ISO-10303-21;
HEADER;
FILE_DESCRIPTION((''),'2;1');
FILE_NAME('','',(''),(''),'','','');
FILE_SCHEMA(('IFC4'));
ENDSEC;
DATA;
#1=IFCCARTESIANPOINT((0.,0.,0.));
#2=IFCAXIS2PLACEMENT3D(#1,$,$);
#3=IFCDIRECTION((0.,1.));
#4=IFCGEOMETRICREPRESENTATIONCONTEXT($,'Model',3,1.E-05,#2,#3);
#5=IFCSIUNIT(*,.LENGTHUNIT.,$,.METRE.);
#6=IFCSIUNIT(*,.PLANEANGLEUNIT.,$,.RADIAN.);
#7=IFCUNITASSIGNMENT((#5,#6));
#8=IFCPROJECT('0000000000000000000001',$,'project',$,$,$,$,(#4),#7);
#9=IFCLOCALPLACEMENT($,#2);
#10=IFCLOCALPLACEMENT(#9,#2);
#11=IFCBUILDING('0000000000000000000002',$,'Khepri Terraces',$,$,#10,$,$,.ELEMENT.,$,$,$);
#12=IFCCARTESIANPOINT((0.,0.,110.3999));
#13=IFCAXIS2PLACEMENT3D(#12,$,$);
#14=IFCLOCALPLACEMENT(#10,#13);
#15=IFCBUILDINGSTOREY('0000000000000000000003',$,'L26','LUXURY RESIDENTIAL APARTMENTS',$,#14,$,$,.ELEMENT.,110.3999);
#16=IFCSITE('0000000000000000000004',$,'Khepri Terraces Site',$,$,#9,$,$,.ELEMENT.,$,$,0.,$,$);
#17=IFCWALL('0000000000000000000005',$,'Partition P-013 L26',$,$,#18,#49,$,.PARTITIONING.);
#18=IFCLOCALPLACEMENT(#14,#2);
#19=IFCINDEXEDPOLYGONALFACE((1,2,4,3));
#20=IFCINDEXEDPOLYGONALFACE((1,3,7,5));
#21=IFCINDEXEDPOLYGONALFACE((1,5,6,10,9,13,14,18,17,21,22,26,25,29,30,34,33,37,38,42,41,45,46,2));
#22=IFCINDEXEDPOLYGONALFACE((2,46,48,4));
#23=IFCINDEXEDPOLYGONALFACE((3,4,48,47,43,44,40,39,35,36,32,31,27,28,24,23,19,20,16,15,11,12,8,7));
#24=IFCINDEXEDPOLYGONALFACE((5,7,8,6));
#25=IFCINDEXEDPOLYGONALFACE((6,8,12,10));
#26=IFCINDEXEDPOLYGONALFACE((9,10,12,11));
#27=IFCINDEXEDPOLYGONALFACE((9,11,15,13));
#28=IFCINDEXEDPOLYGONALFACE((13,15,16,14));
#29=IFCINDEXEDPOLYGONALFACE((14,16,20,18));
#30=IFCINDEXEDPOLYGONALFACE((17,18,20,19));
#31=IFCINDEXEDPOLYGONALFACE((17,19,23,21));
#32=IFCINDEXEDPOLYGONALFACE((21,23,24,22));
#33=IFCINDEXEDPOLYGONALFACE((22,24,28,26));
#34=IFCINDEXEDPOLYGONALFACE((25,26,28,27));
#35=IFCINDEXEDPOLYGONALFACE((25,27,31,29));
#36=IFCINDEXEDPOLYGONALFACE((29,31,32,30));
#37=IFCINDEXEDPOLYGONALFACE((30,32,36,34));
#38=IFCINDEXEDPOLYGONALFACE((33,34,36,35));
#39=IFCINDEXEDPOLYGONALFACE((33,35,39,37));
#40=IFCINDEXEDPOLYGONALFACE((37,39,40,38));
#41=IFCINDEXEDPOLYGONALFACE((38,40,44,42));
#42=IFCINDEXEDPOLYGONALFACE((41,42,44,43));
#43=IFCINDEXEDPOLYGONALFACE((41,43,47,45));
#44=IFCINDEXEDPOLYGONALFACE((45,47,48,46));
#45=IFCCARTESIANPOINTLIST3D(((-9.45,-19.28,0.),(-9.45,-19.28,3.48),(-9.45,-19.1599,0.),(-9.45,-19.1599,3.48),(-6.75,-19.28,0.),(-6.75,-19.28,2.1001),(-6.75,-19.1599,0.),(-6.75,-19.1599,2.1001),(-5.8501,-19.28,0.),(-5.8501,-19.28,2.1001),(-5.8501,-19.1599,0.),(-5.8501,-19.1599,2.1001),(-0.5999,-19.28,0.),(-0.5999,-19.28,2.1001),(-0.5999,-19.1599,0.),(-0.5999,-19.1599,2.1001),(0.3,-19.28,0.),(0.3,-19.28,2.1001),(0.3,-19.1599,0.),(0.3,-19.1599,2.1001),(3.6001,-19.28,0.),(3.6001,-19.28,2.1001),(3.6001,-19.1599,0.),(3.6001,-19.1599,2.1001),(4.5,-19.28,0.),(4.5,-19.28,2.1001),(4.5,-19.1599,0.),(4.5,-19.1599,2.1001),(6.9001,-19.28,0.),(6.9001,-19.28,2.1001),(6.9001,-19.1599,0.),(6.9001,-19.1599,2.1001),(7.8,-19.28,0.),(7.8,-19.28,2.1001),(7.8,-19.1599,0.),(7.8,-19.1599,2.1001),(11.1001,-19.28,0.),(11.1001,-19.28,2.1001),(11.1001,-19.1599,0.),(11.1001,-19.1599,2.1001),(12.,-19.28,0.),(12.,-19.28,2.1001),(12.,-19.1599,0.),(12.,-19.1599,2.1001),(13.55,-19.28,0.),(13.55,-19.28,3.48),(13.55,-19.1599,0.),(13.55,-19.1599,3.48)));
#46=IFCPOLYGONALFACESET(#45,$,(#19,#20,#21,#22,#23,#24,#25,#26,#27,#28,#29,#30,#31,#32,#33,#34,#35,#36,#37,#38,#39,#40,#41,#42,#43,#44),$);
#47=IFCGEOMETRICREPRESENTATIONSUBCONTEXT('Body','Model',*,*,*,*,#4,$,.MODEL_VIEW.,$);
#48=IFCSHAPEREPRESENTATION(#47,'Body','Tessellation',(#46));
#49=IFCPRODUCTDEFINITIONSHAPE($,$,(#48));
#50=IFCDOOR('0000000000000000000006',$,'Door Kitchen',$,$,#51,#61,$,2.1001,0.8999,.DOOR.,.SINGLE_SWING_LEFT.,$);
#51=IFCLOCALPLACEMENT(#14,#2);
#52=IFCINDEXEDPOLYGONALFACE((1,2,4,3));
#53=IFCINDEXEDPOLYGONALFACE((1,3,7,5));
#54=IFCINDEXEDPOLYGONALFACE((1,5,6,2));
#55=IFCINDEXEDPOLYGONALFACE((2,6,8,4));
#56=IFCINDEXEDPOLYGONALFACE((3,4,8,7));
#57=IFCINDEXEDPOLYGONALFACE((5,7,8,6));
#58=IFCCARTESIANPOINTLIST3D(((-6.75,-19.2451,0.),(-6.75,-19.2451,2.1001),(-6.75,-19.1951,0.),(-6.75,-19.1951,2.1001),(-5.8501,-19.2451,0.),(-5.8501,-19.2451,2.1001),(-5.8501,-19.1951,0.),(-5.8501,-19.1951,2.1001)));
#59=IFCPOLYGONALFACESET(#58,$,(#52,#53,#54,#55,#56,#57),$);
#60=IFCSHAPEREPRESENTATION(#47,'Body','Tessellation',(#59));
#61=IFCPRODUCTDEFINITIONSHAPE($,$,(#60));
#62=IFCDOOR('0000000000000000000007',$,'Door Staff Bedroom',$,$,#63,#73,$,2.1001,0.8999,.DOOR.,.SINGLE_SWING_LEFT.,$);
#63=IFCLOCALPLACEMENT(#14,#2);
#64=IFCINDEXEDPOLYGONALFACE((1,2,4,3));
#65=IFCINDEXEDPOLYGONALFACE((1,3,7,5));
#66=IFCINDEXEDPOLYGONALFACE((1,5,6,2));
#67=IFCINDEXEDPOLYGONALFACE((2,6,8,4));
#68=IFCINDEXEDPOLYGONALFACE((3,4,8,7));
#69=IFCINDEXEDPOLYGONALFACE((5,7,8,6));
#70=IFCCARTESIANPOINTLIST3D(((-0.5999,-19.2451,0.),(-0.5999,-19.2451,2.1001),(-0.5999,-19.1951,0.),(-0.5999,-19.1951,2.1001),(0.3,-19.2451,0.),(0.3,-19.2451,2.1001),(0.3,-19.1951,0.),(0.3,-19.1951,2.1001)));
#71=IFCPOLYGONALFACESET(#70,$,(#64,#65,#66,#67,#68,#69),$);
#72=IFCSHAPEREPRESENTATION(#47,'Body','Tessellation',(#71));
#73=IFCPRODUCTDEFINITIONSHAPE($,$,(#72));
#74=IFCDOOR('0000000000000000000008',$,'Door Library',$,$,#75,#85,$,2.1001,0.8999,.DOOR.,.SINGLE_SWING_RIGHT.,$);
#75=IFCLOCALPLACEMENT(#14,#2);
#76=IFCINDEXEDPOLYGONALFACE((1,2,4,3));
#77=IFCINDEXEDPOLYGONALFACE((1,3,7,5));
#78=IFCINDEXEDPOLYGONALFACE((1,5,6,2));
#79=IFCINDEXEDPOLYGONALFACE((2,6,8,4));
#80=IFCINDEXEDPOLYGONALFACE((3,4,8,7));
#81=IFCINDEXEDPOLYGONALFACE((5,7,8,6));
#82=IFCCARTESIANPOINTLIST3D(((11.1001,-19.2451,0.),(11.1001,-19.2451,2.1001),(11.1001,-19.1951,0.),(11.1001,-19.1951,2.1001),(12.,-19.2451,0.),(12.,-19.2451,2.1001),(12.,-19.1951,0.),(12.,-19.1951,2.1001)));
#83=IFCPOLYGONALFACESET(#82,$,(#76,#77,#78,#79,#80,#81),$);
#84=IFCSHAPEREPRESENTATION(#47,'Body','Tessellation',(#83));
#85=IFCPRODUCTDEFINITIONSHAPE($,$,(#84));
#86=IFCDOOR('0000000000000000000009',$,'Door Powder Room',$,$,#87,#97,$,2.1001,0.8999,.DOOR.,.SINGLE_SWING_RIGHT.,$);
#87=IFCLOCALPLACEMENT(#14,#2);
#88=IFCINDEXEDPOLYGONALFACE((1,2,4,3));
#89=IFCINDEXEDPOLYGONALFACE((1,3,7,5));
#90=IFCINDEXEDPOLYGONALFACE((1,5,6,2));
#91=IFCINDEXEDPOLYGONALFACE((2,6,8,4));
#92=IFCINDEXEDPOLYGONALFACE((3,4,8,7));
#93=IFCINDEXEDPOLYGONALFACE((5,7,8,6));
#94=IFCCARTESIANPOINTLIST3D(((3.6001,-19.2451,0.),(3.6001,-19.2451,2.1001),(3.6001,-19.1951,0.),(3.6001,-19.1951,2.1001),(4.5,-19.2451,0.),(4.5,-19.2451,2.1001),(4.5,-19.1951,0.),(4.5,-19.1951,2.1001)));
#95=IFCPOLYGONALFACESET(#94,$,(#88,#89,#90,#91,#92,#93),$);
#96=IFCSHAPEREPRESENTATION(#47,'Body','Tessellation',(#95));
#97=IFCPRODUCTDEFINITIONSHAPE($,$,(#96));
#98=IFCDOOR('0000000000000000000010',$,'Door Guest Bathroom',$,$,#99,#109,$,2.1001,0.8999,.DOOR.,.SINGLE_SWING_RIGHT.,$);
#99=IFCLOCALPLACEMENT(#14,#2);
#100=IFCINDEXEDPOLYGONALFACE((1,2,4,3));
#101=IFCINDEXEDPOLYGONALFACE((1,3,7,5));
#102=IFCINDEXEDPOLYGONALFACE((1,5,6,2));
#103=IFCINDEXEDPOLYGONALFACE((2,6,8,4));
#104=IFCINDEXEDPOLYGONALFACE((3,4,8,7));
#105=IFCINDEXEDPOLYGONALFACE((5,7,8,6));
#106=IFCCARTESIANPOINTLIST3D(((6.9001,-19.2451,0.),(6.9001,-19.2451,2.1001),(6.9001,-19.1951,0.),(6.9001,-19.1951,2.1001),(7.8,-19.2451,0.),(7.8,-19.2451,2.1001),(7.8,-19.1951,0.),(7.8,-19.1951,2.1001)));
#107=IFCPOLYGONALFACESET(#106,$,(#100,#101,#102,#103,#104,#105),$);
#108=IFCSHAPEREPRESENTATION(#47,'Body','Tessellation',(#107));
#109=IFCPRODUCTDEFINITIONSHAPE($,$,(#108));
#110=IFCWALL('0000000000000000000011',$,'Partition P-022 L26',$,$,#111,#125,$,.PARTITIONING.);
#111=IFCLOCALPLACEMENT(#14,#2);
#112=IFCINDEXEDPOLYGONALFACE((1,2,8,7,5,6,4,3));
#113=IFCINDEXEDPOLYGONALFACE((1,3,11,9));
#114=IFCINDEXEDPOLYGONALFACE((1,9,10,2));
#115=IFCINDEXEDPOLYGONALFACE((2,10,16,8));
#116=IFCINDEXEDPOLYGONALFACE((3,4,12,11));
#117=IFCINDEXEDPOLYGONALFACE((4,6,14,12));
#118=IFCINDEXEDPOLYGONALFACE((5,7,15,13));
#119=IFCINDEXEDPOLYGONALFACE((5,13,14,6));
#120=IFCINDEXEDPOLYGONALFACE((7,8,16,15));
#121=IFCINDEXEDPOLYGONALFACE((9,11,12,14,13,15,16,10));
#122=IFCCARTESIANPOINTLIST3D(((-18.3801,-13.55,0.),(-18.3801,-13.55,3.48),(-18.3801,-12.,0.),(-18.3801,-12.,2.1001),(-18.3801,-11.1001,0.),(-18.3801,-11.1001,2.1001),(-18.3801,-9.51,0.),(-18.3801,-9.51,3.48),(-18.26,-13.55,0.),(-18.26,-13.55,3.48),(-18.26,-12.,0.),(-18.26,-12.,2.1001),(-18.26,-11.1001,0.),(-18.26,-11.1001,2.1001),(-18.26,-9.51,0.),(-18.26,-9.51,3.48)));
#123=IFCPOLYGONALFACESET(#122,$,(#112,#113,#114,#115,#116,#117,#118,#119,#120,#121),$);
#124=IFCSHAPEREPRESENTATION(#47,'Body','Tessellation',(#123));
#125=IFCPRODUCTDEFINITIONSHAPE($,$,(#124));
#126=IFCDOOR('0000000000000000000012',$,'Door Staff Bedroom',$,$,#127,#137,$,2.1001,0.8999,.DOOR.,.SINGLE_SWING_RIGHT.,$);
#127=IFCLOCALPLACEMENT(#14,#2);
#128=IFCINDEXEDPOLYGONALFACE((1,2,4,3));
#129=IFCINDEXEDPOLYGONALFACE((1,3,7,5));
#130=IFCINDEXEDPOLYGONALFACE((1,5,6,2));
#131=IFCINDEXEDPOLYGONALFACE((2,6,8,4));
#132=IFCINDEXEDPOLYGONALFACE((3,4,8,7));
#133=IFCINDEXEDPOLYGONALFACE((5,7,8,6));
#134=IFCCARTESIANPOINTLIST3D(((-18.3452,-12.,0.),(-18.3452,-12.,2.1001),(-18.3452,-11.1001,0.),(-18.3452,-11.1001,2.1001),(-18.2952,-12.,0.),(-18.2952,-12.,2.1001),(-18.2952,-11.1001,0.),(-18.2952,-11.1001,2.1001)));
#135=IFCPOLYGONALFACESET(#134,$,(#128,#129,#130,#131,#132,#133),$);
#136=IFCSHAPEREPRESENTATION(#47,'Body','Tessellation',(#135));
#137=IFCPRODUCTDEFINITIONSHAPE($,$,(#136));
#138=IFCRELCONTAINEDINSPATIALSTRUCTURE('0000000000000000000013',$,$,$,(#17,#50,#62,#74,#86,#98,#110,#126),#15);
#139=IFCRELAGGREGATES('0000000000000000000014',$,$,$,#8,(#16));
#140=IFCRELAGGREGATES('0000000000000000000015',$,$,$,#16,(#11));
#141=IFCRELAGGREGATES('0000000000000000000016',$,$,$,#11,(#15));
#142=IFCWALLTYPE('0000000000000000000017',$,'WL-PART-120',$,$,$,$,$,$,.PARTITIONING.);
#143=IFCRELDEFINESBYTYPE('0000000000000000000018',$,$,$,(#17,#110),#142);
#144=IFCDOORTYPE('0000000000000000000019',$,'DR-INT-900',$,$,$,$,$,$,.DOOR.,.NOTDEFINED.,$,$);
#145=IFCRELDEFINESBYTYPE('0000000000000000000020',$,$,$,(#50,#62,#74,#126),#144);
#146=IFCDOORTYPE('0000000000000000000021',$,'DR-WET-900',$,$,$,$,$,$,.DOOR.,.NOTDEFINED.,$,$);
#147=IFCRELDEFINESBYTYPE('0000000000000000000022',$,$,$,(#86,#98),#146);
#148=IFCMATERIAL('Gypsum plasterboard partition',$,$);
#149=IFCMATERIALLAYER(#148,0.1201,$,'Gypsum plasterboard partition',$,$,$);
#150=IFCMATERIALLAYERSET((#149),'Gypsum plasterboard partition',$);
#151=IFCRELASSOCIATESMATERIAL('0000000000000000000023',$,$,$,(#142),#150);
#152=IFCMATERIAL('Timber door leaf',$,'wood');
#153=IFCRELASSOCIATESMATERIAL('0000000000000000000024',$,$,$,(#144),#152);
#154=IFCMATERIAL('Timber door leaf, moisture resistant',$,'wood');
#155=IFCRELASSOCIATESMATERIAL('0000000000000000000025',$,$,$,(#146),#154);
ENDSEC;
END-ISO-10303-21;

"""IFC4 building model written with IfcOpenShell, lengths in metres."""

from ifc_helpers import new_model, si_unit, direction, frame, frame_2d, origin, place, context, subcontext, project, spatial, rectangle, extrude, material, layer, layer_set, type_object, element, fill, save


model = new_model("IFC4")

# Units and contexts
model_context = context("Model", 3, precision=1e-05, world=origin(), true_north=direction((0.0, 1.0)))
body_context = subcontext(model_context, "Body", "Model", "MODEL_VIEW")
ifc_project = project(units=[si_unit("LENGTHUNIT", "METRE"), si_unit("PLANEANGLEUNIT", "RADIAN")], contexts=[model_context])

# Site, building, storey
site_placement = place(None, origin())
site = spatial("IfcSite", under=ifc_project, at=site_placement, Name="Khepri Terraces Site", CompositionType="ELEMENT", RefElevation=0.0)
building_placement = place(site_placement, origin())
building = spatial("IfcBuilding", under=site, at=building_placement, Name="Khepri Terraces", CompositionType="ELEMENT")
storey_placement = place(building_placement, frame((0.0, 0.0, 110.3999)))
storey = spatial("IfcBuildingStorey", under=building, at=storey_placement, Name="L26", Description="LUXURY RESIDENTIAL APARTMENTS", CompositionType="ELEMENT", Elevation=110.3999)

# Shared definitions
ifc_material_1 = material(Name="Gypsum plasterboard partition")
ifc_layer_1 = layer(ifc_material_1, 0.1201, Name="Gypsum plasterboard partition")
ifc_layer_set_1 = layer_set([ifc_layer_1], Name="Gypsum plasterboard partition")
wall_type_1 = type_object("IfcWallType", Name="WL-PART-120", PredefinedType="PARTITIONING", material=ifc_layer_set_1)

# Shared definitions
ifc_material_2 = material(Name="Timber door leaf", Category="wood")
door_type_1 = type_object("IfcDoorType", Name="DR-INT-900", OperationType="NOTDEFINED", PredefinedType="DOOR", material=ifc_material_2)

# Wall, openings, doors
wall_1_placement = place(storey_placement, frame((-9.45, -19.22, 0.0), z_axis=(0.0, 0.0, 1.0), x_axis=(1.0, 0.0, 0.0)))
wall_1 = element("IfcWall", 1, at=wall_1_placement, inside=storey, type_object=wall_type_1, Name="Partition P-013 L26", PredefinedType="PARTITIONING", context=body_context, shape_type="SweptSolid", body=[
    extrude(rectangle(XDim=23.0, YDim=0.1201, at=frame_2d((11.5, 0.0))), origin(), (0.0, 0.0, 1.0), 3.48),
])
opening_1_placement = place(wall_1_placement, frame((2.7, 0.0, 0.0)))
opening_1 = element("IfcOpeningElement", 2, at=opening_1_placement, cuts=wall_1, PredefinedType="OPENING", context=body_context, shape_type="SweptSolid", body=[
    extrude(rectangle(XDim=0.8999, YDim=2.1001, at=frame_2d((0.45, 1.05))), frame((0.0, 0.0701, 0.0), z_axis=(0.0, -1.0, 0.0), x_axis=(1.0, 0.0, 0.0)), (0.0, 0.0, 1.0), 0.1401),
])
opening_2_placement = place(wall_1_placement, frame((8.8501, 0.0, 0.0)))
opening_2 = element("IfcOpeningElement", 3, at=opening_2_placement, cuts=wall_1, PredefinedType="OPENING", context=body_context, shape_type="SweptSolid", body=[
    extrude(rectangle(XDim=0.8999, YDim=2.1001, at=frame_2d((0.45, 1.05))), frame((0.0, 0.0701, 0.0), z_axis=(0.0, -1.0, 0.0), x_axis=(1.0, 0.0, 0.0)), (0.0, 0.0, 1.0), 0.1401),
])
opening_3_placement = place(wall_1_placement, frame((13.05, 0.0, 0.0)))
opening_3 = element("IfcOpeningElement", 4, at=opening_3_placement, cuts=wall_1, PredefinedType="OPENING", context=body_context, shape_type="SweptSolid", body=[
    extrude(rectangle(XDim=0.8999, YDim=2.1001, at=frame_2d((0.45, 1.05))), frame((0.0, 0.0701, 0.0), z_axis=(0.0, -1.0, 0.0), x_axis=(1.0, 0.0, 0.0)), (0.0, 0.0, 1.0), 0.1401),
])
opening_4_placement = place(wall_1_placement, frame((16.3501, 0.0, 0.0)))
opening_4 = element("IfcOpeningElement", 5, at=opening_4_placement, cuts=wall_1, PredefinedType="OPENING", context=body_context, shape_type="SweptSolid", body=[
    extrude(rectangle(XDim=0.8999, YDim=2.1001, at=frame_2d((0.45, 1.05))), frame((0.0, 0.0701, 0.0), z_axis=(0.0, -1.0, 0.0), x_axis=(1.0, 0.0, 0.0)), (0.0, 0.0, 1.0), 0.1401),
])
opening_5_placement = place(wall_1_placement, frame((20.55, 0.0, 0.0)))
opening_5 = element("IfcOpeningElement", 6, at=opening_5_placement, cuts=wall_1, PredefinedType="OPENING", context=body_context, shape_type="SweptSolid", body=[
    extrude(rectangle(XDim=0.8999, YDim=2.1001, at=frame_2d((0.45, 1.05))), frame((0.0, 0.0701, 0.0), z_axis=(0.0, -1.0, 0.0), x_axis=(1.0, 0.0, 0.0)), (0.0, 0.0, 1.0), 0.1401),
])
door_1_placement = place(opening_1_placement, origin())
door_1 = element("IfcDoor", 7, at=door_1_placement, inside=storey, type_object=door_type_1, Name="Door Kitchen", OperationType="SINGLE_SWING_LEFT", OverallHeight=2.1001, OverallWidth=0.8999, PredefinedType="DOOR", context=body_context, shape_type="SweptSolid", body=[
    extrude(rectangle(XDim=0.8999, YDim=2.1001, at=frame_2d((0.45, 1.05))), frame((0.0, 0.0249, 0.0), z_axis=(0.0, -1.0, 0.0), x_axis=(1.0, 0.0, 0.0)), (0.0, 0.0, 1.0), 0.05),
])
fill(opening_1, door_1)
door_2_placement = place(opening_2_placement, origin())
door_2 = element("IfcDoor", 8, at=door_2_placement, inside=storey, type_object=door_type_1, Name="Door Staff Bedroom", OperationType="SINGLE_SWING_LEFT", OverallHeight=2.1001, OverallWidth=0.8999, PredefinedType="DOOR", context=body_context, shape_type="SweptSolid", body=[
    extrude(rectangle(XDim=0.8999, YDim=2.1001, at=frame_2d((0.45, 1.05))), frame((0.0, 0.0249, 0.0), z_axis=(0.0, -1.0, 0.0), x_axis=(1.0, 0.0, 0.0)), (0.0, 0.0, 1.0), 0.05),
])
fill(opening_2, door_2)
door_3_placement = place(opening_5_placement, origin())
door_3 = element("IfcDoor", 9, at=door_3_placement, inside=storey, type_object=door_type_1, Name="Door Library", OperationType="SINGLE_SWING_RIGHT", OverallHeight=2.1001, OverallWidth=0.8999, PredefinedType="DOOR", context=body_context, shape_type="SweptSolid", body=[
    extrude(rectangle(XDim=0.8999, YDim=2.1001, at=frame_2d((0.45, 1.05))), frame((0.0, 0.0249, 0.0), z_axis=(0.0, -1.0, 0.0), x_axis=(1.0, 0.0, 0.0)), (0.0, 0.0, 1.0), 0.05),
])
fill(opening_5, door_3)
ifc_material_3 = material(Name="Timber door leaf, moisture resistant", Category="wood")
door_type_2 = type_object("IfcDoorType", Name="DR-WET-900", OperationType="NOTDEFINED", PredefinedType="DOOR", material=ifc_material_3)
door_4_placement = place(opening_3_placement, origin())
door_4 = element("IfcDoor", 10, at=door_4_placement, inside=storey, type_object=door_type_2, Name="Door Powder Room", OperationType="SINGLE_SWING_RIGHT", OverallHeight=2.1001, OverallWidth=0.8999, PredefinedType="DOOR", context=body_context, shape_type="SweptSolid", body=[
    extrude(rectangle(XDim=0.8999, YDim=2.1001, at=frame_2d((0.45, 1.05))), frame((0.0, 0.0249, 0.0), z_axis=(0.0, -1.0, 0.0), x_axis=(1.0, 0.0, 0.0)), (0.0, 0.0, 1.0), 0.05),
])
fill(opening_3, door_4)
door_5_placement = place(opening_4_placement, origin())
door_5 = element("IfcDoor", 11, at=door_5_placement, inside=storey, type_object=door_type_2, Name="Door Guest Bathroom", OperationType="SINGLE_SWING_RIGHT", OverallHeight=2.1001, OverallWidth=0.8999, PredefinedType="DOOR", context=body_context, shape_type="SweptSolid", body=[
    extrude(rectangle(XDim=0.8999, YDim=2.1001, at=frame_2d((0.45, 1.05))), frame((0.0, 0.0249, 0.0), z_axis=(0.0, -1.0, 0.0), x_axis=(1.0, 0.0, 0.0)), (0.0, 0.0, 1.0), 0.05),
])
fill(opening_4, door_5)

# Wall, opening, door
wall_2_placement = place(storey_placement, frame((-18.3201, -13.55, 0.0), z_axis=(0.0, 0.0, 1.0), x_axis=(0.0, 1.0, 0.0)))
wall_2 = element("IfcWall", 12, at=wall_2_placement, inside=storey, type_object=wall_type_1, Name="Partition P-022 L26", PredefinedType="PARTITIONING", context=body_context, shape_type="SweptSolid", body=[
    extrude(rectangle(XDim=4.04, YDim=0.1201, at=frame_2d((2.02, 0.0))), origin(), (0.0, 0.0, 1.0), 3.48),
])
opening_6_placement = place(wall_2_placement, frame((1.55, 0.0, 0.0)))
opening_6 = element("IfcOpeningElement", 13, at=opening_6_placement, cuts=wall_2, PredefinedType="OPENING", context=body_context, shape_type="SweptSolid", body=[
    extrude(rectangle(XDim=0.8999, YDim=2.1001, at=frame_2d((0.45, 1.05))), frame((0.0, 0.0701, 0.0), z_axis=(0.0, -1.0, 0.0), x_axis=(1.0, 0.0, 0.0)), (0.0, 0.0, 1.0), 0.1401),
])
door_6_placement = place(opening_6_placement, frame((0.8999, 0.0, 0.0), z_axis=(0.0, 0.0, 1.0), x_axis=(-1.0, 0.0, 0.0)))
door_6 = element("IfcDoor", 14, at=door_6_placement, inside=storey, type_object=door_type_1, Name="Door Staff Bedroom", OperationType="SINGLE_SWING_RIGHT", OverallHeight=2.1001, OverallWidth=0.8999, PredefinedType="DOOR", context=body_context, shape_type="SweptSolid", body=[
    extrude(rectangle(XDim=0.8999, YDim=2.1001, at=frame_2d((0.45, 1.05))), frame((0.0, 0.0249, 0.0), z_axis=(0.0, -1.0, 0.0), x_axis=(1.0, 0.0, 0.0)), (0.0, 0.0, 1.0), 0.05),
])
fill(opening_6, door_6)

save(model, "model.ifc")
